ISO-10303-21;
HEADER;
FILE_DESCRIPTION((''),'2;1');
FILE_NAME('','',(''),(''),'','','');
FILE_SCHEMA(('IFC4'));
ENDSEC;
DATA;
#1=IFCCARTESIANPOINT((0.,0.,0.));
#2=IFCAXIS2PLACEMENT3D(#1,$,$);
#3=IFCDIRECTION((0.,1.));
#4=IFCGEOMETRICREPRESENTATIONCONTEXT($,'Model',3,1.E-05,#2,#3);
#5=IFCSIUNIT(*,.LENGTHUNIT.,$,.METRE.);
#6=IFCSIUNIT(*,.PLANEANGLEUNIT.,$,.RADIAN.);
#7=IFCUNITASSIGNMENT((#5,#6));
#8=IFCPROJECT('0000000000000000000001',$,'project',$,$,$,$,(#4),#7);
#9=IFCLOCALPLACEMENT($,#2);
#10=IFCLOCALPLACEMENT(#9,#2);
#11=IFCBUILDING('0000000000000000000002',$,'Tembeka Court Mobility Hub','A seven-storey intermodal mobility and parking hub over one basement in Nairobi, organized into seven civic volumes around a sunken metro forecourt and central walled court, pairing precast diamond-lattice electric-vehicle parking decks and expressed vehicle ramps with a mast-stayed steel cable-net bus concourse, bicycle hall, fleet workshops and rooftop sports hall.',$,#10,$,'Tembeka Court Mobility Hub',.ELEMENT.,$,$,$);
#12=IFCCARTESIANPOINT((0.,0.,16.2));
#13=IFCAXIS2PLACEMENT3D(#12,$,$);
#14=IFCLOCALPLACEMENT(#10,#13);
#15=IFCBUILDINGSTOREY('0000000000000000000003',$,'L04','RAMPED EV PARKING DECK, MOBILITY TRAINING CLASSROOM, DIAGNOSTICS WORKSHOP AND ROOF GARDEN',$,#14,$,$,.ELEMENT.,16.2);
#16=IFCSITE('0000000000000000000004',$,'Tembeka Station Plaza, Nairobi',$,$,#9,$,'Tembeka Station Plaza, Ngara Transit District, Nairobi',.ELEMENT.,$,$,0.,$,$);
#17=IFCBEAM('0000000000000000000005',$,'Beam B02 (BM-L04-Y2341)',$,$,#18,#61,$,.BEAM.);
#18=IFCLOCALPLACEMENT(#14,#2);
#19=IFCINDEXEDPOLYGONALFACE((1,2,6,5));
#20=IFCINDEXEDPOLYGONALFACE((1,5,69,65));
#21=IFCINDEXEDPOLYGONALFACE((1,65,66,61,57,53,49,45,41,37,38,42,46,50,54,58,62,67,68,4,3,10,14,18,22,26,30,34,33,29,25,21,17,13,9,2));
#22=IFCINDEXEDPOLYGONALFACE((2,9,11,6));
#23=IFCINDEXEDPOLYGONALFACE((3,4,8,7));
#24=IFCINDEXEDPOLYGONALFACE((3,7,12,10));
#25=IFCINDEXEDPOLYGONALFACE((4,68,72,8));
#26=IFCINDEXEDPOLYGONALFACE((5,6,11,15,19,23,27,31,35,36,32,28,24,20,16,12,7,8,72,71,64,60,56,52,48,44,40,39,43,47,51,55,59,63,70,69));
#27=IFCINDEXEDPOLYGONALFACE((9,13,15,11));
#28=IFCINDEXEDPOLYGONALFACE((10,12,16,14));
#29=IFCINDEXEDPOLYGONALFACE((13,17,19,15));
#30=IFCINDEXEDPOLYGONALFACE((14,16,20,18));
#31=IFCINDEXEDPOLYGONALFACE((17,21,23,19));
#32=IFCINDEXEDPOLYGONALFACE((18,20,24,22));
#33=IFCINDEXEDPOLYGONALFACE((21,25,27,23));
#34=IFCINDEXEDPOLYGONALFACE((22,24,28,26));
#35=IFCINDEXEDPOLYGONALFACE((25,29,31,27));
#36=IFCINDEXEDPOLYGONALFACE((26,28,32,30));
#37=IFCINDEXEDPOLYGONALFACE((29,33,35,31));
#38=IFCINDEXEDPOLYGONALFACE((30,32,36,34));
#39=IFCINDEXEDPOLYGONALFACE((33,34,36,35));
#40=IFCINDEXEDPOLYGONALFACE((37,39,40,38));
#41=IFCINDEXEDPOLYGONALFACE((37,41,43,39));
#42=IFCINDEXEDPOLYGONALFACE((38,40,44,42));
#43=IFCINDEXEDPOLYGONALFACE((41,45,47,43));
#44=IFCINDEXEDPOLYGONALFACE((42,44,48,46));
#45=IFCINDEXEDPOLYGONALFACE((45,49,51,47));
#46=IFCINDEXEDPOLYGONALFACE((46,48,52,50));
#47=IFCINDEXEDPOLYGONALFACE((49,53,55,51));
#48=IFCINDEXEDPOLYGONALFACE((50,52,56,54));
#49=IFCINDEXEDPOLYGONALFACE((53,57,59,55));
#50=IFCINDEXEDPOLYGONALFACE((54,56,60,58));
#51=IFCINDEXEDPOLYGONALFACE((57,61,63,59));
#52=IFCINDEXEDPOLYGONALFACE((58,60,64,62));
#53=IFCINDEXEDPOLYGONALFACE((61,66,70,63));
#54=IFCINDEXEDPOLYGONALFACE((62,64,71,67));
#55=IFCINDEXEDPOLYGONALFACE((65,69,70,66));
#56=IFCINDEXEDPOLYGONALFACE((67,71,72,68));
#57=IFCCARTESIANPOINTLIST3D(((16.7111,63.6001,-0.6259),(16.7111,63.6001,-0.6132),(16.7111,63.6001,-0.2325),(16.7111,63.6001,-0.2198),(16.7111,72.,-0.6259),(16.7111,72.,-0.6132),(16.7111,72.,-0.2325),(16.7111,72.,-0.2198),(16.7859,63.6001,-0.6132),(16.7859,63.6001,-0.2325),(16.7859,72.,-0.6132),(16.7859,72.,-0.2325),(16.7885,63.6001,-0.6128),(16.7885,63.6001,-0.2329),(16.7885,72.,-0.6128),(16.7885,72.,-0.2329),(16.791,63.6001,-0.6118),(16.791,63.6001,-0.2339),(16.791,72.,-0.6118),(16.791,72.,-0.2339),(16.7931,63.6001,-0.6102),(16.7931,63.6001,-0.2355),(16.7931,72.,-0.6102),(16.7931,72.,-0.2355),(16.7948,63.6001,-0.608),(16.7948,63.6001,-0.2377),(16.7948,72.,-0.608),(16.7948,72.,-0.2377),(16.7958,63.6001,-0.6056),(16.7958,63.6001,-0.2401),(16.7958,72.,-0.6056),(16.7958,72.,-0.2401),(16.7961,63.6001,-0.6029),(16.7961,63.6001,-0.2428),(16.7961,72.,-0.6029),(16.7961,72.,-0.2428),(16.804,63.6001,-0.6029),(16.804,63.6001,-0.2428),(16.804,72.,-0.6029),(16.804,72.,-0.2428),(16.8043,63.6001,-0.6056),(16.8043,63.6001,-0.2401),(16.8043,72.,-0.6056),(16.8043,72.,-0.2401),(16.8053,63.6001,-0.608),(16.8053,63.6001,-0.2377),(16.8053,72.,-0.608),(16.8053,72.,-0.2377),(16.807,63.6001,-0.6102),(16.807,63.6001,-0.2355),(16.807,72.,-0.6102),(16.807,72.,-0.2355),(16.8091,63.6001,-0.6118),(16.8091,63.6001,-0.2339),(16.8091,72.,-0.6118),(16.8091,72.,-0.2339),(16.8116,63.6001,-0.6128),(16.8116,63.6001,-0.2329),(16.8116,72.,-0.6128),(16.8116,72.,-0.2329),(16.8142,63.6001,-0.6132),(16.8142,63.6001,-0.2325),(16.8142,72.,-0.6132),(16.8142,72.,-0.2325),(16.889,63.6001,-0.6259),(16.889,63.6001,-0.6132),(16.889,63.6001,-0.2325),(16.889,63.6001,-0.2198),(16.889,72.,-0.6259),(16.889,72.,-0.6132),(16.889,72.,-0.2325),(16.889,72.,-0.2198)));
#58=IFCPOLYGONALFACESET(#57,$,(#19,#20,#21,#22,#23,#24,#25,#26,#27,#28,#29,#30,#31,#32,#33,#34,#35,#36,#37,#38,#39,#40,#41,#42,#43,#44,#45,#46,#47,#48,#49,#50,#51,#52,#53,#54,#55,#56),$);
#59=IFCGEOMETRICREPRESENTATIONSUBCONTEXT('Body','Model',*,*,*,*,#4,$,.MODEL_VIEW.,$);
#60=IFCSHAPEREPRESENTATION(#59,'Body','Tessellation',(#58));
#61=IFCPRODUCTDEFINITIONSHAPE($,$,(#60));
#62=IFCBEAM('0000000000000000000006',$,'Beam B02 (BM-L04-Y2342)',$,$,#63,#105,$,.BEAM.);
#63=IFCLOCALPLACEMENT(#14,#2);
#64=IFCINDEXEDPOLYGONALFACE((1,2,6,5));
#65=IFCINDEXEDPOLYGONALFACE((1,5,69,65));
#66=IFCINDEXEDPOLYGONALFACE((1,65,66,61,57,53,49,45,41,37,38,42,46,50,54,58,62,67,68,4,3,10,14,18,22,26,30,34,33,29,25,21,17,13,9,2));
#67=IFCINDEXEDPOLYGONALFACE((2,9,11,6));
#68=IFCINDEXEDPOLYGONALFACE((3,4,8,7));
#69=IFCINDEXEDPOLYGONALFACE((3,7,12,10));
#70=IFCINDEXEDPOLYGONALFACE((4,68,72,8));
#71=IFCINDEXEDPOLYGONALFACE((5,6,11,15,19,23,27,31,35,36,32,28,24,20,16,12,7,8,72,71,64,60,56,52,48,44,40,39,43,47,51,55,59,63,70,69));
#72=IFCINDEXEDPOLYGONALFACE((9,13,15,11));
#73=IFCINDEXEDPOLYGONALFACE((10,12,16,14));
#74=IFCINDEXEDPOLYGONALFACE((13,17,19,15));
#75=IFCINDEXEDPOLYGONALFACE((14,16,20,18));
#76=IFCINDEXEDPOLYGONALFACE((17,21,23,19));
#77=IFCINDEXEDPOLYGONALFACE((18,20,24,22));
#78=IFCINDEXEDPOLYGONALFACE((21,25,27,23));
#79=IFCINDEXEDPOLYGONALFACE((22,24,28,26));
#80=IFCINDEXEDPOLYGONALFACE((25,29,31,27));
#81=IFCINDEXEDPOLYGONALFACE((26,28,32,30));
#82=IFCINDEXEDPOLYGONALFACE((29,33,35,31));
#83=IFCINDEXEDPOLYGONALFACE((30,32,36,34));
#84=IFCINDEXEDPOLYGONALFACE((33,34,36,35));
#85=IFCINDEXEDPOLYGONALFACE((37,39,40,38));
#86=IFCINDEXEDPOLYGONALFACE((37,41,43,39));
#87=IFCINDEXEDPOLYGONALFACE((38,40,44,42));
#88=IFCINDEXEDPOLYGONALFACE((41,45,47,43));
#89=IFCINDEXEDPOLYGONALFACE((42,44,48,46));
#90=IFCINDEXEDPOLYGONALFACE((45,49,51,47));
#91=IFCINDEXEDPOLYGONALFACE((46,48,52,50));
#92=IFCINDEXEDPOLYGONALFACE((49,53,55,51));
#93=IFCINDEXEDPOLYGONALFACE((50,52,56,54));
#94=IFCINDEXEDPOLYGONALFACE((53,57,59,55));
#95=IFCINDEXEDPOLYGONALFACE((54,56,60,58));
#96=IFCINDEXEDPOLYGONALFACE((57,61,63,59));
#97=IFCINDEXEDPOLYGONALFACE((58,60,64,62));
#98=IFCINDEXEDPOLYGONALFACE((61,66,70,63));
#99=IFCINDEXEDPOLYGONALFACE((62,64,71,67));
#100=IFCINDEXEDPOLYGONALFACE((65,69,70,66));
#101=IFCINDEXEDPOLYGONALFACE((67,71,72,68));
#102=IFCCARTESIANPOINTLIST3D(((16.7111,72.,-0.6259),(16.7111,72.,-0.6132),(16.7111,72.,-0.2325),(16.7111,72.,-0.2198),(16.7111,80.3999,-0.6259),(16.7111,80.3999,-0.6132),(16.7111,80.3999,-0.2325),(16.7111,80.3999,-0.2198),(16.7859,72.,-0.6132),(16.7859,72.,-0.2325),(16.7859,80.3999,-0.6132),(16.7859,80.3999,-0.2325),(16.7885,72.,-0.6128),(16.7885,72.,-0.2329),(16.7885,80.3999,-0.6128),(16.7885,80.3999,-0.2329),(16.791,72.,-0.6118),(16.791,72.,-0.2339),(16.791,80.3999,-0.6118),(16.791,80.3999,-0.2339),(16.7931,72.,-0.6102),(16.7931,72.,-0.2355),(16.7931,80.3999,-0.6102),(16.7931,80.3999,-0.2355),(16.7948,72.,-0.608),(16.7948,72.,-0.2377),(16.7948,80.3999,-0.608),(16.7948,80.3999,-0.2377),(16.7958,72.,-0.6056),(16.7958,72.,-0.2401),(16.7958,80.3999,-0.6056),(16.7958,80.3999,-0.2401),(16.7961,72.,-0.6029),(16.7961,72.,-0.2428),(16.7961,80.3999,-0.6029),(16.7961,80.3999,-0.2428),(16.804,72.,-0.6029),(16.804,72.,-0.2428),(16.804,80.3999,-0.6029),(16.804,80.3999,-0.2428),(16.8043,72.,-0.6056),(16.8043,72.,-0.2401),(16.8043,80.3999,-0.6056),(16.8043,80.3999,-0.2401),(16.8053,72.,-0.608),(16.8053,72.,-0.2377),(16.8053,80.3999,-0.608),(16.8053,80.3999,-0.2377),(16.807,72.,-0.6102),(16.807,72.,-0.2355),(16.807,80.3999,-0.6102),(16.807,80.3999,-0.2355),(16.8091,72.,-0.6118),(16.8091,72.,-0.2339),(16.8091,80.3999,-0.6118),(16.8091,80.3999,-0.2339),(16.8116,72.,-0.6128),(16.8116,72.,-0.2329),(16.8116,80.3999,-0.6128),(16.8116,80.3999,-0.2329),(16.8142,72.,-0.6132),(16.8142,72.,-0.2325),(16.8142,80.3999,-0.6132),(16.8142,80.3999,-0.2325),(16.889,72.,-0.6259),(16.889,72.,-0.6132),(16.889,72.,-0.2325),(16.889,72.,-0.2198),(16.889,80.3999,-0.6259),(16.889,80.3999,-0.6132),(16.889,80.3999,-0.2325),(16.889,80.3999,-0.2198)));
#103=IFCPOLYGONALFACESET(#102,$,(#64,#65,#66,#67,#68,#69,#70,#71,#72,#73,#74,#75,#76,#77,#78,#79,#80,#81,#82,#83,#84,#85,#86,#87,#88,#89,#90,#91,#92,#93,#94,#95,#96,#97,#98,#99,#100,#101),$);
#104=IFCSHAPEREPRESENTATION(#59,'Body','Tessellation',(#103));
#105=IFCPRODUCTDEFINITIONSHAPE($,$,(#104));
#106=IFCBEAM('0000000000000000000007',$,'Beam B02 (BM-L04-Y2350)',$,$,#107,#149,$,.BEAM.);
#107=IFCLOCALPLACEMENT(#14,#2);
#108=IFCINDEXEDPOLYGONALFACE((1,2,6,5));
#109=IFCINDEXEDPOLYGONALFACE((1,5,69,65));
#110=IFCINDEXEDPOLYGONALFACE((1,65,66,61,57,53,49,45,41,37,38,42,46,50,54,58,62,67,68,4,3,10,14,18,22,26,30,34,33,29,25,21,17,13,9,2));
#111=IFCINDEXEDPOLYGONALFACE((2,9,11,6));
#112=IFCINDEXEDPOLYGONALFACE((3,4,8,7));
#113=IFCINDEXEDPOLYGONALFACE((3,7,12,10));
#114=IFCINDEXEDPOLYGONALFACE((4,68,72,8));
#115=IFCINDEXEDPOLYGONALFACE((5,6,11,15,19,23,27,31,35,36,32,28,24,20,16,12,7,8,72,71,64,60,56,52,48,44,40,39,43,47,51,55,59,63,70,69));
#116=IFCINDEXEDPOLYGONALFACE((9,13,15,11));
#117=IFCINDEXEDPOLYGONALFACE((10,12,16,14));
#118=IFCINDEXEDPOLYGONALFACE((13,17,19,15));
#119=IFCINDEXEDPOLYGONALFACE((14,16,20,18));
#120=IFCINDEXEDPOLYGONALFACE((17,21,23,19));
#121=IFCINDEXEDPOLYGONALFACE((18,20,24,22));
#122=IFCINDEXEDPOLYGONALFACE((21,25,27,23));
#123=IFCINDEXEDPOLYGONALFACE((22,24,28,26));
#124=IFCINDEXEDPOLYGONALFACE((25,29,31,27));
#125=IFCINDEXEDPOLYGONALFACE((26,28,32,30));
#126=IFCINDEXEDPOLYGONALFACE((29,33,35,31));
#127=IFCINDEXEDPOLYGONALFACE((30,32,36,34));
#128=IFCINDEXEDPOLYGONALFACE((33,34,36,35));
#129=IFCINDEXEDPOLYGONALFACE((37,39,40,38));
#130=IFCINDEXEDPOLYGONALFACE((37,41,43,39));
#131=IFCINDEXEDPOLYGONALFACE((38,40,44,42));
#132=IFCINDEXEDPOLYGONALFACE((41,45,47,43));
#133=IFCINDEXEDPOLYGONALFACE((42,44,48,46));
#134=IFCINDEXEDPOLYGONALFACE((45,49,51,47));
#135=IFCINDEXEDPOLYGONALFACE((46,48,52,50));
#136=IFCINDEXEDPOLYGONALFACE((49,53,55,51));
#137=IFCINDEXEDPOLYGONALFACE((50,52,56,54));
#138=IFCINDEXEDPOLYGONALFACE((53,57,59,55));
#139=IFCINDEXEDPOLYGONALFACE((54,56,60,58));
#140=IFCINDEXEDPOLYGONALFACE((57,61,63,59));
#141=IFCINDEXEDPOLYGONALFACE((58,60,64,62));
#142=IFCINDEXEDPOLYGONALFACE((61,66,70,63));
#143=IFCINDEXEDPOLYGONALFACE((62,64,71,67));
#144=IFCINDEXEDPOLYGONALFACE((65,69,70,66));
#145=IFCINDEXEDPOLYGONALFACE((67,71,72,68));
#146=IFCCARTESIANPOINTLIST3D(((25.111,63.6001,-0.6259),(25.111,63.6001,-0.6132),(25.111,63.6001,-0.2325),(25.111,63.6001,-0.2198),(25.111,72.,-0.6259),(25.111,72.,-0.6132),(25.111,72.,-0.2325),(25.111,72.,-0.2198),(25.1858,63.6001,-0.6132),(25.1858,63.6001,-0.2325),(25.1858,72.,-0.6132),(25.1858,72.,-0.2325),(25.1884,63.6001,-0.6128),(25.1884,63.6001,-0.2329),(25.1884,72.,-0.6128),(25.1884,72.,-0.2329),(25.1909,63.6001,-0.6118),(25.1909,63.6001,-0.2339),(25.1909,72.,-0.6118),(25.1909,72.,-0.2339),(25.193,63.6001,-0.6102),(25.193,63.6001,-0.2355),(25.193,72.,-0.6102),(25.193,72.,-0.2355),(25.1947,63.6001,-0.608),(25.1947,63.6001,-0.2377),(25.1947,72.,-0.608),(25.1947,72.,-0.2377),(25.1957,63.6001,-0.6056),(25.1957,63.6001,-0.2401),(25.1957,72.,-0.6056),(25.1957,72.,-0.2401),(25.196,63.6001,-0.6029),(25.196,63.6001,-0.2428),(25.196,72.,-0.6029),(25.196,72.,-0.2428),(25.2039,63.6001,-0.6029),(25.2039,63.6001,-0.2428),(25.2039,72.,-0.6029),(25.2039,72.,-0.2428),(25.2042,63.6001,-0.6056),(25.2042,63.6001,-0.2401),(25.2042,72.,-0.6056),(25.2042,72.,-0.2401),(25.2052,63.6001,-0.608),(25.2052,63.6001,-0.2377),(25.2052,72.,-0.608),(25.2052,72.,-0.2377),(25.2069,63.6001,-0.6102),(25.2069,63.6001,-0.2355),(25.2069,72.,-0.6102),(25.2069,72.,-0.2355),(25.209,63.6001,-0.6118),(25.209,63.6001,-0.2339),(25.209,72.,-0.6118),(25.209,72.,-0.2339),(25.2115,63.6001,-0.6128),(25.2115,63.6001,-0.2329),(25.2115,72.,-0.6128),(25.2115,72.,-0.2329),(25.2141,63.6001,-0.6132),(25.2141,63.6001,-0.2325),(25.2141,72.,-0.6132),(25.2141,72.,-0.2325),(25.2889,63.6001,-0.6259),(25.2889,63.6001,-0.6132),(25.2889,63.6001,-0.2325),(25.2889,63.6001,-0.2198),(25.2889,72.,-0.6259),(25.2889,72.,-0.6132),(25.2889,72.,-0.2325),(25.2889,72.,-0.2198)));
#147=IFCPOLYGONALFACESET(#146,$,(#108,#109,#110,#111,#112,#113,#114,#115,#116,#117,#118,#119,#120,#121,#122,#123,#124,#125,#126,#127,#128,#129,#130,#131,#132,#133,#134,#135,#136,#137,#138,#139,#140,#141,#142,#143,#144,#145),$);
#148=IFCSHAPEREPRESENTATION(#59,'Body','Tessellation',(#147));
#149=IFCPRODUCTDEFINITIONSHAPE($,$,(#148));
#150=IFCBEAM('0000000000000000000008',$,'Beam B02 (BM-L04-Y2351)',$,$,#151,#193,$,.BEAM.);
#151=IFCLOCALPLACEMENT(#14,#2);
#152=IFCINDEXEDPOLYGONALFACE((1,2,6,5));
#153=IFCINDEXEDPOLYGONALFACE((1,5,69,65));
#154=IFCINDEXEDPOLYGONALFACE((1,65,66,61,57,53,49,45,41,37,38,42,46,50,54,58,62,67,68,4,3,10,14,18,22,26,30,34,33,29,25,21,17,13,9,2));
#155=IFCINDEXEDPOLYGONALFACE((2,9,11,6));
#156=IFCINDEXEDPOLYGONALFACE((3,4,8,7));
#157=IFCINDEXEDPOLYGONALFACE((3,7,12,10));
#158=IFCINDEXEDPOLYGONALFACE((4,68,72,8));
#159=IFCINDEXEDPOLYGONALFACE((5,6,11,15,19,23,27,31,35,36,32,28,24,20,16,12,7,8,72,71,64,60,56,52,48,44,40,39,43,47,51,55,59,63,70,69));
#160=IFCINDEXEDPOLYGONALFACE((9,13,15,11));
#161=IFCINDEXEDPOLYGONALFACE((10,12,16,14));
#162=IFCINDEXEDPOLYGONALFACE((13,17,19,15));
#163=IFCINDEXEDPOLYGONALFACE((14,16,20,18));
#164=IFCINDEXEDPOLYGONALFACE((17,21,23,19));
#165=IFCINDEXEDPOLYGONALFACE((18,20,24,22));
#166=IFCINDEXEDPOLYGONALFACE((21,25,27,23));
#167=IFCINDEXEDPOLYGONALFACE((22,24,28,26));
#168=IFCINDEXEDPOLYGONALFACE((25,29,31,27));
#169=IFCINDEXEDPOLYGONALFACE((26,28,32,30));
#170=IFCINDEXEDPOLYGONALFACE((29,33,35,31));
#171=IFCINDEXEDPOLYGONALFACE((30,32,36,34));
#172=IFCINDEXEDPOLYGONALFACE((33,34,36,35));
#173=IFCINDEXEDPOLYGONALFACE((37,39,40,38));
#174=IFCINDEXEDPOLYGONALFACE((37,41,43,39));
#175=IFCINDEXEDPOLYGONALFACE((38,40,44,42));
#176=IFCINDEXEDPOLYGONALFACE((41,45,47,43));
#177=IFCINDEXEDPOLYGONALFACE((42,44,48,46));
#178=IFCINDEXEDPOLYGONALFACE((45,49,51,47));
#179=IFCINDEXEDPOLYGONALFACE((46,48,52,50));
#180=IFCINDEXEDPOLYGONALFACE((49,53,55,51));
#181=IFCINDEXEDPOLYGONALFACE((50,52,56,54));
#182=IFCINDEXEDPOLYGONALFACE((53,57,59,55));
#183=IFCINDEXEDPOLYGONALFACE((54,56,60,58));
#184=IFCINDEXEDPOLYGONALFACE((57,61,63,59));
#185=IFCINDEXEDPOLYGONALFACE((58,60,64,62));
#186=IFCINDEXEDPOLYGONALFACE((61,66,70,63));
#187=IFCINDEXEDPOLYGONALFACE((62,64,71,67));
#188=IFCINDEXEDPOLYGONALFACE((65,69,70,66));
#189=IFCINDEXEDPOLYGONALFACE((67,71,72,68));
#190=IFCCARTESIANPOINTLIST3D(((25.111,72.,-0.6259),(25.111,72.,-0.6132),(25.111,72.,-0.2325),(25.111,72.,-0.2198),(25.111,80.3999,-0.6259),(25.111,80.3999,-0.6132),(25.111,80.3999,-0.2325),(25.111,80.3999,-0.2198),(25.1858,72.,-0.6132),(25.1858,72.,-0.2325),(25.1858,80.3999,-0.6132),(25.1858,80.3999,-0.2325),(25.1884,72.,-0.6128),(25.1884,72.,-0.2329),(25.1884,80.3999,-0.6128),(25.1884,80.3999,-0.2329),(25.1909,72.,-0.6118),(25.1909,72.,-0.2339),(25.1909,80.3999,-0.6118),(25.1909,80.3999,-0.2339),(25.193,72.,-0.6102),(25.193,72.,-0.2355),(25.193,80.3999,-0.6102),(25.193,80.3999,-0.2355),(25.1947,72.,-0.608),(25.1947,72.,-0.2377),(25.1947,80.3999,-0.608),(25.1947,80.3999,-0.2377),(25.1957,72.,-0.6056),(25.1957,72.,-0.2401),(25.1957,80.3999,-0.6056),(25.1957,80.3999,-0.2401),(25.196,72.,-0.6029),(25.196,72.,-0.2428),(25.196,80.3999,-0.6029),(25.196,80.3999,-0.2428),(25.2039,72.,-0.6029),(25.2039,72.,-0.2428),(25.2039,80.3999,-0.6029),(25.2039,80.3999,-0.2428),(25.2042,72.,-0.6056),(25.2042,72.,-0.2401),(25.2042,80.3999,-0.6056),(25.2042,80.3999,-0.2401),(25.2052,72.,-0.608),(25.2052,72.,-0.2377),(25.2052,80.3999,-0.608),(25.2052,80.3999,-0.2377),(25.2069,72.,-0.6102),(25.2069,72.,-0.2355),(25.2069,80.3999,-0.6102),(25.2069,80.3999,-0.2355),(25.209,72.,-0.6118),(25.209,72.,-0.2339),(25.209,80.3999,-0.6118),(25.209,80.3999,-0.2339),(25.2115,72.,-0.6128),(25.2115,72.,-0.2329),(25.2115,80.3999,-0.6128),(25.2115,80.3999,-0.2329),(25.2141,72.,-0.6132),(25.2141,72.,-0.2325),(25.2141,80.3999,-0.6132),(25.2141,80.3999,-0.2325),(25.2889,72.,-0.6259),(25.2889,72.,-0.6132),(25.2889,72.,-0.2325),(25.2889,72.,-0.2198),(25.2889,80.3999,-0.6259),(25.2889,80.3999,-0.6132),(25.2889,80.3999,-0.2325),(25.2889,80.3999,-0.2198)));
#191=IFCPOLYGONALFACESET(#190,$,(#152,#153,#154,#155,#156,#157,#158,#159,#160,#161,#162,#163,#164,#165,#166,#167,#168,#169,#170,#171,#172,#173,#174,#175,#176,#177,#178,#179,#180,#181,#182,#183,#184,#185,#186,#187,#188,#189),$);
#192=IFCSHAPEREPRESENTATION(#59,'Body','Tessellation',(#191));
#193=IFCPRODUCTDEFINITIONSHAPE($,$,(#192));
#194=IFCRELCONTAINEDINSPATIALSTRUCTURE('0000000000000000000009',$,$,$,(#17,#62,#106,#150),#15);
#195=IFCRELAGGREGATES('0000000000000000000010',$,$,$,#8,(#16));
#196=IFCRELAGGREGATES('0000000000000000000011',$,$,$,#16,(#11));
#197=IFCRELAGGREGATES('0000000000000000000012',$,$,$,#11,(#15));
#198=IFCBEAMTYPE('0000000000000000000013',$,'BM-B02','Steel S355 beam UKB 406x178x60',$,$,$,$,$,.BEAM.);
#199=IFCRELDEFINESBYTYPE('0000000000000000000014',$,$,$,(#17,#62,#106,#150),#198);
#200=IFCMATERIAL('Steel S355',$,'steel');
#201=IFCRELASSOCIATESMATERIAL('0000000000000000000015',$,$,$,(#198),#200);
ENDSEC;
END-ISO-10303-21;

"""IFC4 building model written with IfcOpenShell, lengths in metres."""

from ifc_helpers import new_model, si_unit, direction, frame, origin, origin_2d, place, context, subcontext, project, spatial, i_section, extrude, material, material_profile, profile_set, type_object, element, save


model = new_model("IFC4")

# Units and contexts
model_context = context("Model", 3, precision=1e-05, world=origin(), true_north=direction((0.0, 1.0)))
body_context = subcontext(model_context, "Body", "Model", "MODEL_VIEW")
ifc_project = project(units=[si_unit("LENGTHUNIT", "METRE"), si_unit("PLANEANGLEUNIT", "RADIAN")], contexts=[model_context])

# Site, building, storey
site_placement = place(None, origin())
site = spatial("IfcSite", under=ifc_project, at=site_placement, Name="Tembeka Station Plaza, Nairobi", LongName="Tembeka Station Plaza, Ngara Transit District, Nairobi", CompositionType="ELEMENT", RefElevation=0.0)
building_placement = place(site_placement, origin())
building = spatial("IfcBuilding", under=site, at=building_placement, Name="Tembeka Court Mobility Hub", Description="A seven-storey intermodal mobility and parking hub over one basement in Nairobi, organized into seven civic volumes around a sunken metro forecourt and central walled court, pairing precast diamond-lattice electric-vehicle parking decks and expressed vehicle ramps with a mast-stayed steel cable-net bus concourse, bicycle hall, fleet workshops and rooftop sports hall.", LongName="Tembeka Court Mobility Hub", CompositionType="ELEMENT")
storey_placement = place(building_placement, frame((0.0, 0.0, 16.2)))
storey = spatial("IfcBuildingStorey", under=building, at=storey_placement, Name="L04", Description="RAMPED EV PARKING DECK, MOBILITY TRAINING CLASSROOM, DIAGNOSTICS WORKSHOP AND ROOF GARDEN", CompositionType="ELEMENT", Elevation=16.2)

# Shared definitions
ifc_material_1 = material(Name="Steel S355", Category="steel")

# Beams
ifc_material_profile_1 = material_profile(ifc_material_1, i_section(OverallWidth=0.178, OverallDepth=0.406, WebThickness=0.0078, FlangeThickness=0.0127, FilletRadius=0.0103, at=origin_2d()), Name="UKB 406x178x60")
ifc_profile_set_1 = profile_set([ifc_material_profile_1], Name="Steel S355")
beam_type_1 = type_object("IfcBeamType", Name="BM-B02", Description="Steel S355 beam UKB 406x178x60", PredefinedType="BEAM", material=ifc_profile_set_1)
for number, where, z_axis, x_axis, name in (
    (1, (16.8, 63.6001, -0.4229), (0.0, 1.0, 0.0), (-1.0, 0.0, 0.0), "Beam B02 (BM-L04-Y2341)"),
    (2, (16.8, 72.0, -0.4229), (0.0, 1.0, 0.0), (-1.0, 0.0, 0.0), "Beam B02 (BM-L04-Y2342)"),
    (3, (25.2, 63.6001, -0.4229), (0.0, 1.0, 0.0), (-1.0, 0.0, 0.0), "Beam B02 (BM-L04-Y2350)"),
    (4, (25.2, 72.0, -0.4229), (0.0, 1.0, 0.0), (-1.0, 0.0, 0.0), "Beam B02 (BM-L04-Y2351)"),
):
    element("IfcBeam", number, at=place(storey_placement, frame(where, z_axis=z_axis, x_axis=x_axis)), inside=storey, type_object=beam_type_1, Name=name, PredefinedType="BEAM", context=body_context, shape_type="SweptSolid", body=[
        extrude(i_section(OverallWidth=0.178, OverallDepth=0.406, WebThickness=0.0078, FlangeThickness=0.0127, FilletRadius=0.0103, at=origin_2d()), origin(), (0.0, 0.0, 1.0), 8.3999),
    ])

save(model, "model.ifc")
